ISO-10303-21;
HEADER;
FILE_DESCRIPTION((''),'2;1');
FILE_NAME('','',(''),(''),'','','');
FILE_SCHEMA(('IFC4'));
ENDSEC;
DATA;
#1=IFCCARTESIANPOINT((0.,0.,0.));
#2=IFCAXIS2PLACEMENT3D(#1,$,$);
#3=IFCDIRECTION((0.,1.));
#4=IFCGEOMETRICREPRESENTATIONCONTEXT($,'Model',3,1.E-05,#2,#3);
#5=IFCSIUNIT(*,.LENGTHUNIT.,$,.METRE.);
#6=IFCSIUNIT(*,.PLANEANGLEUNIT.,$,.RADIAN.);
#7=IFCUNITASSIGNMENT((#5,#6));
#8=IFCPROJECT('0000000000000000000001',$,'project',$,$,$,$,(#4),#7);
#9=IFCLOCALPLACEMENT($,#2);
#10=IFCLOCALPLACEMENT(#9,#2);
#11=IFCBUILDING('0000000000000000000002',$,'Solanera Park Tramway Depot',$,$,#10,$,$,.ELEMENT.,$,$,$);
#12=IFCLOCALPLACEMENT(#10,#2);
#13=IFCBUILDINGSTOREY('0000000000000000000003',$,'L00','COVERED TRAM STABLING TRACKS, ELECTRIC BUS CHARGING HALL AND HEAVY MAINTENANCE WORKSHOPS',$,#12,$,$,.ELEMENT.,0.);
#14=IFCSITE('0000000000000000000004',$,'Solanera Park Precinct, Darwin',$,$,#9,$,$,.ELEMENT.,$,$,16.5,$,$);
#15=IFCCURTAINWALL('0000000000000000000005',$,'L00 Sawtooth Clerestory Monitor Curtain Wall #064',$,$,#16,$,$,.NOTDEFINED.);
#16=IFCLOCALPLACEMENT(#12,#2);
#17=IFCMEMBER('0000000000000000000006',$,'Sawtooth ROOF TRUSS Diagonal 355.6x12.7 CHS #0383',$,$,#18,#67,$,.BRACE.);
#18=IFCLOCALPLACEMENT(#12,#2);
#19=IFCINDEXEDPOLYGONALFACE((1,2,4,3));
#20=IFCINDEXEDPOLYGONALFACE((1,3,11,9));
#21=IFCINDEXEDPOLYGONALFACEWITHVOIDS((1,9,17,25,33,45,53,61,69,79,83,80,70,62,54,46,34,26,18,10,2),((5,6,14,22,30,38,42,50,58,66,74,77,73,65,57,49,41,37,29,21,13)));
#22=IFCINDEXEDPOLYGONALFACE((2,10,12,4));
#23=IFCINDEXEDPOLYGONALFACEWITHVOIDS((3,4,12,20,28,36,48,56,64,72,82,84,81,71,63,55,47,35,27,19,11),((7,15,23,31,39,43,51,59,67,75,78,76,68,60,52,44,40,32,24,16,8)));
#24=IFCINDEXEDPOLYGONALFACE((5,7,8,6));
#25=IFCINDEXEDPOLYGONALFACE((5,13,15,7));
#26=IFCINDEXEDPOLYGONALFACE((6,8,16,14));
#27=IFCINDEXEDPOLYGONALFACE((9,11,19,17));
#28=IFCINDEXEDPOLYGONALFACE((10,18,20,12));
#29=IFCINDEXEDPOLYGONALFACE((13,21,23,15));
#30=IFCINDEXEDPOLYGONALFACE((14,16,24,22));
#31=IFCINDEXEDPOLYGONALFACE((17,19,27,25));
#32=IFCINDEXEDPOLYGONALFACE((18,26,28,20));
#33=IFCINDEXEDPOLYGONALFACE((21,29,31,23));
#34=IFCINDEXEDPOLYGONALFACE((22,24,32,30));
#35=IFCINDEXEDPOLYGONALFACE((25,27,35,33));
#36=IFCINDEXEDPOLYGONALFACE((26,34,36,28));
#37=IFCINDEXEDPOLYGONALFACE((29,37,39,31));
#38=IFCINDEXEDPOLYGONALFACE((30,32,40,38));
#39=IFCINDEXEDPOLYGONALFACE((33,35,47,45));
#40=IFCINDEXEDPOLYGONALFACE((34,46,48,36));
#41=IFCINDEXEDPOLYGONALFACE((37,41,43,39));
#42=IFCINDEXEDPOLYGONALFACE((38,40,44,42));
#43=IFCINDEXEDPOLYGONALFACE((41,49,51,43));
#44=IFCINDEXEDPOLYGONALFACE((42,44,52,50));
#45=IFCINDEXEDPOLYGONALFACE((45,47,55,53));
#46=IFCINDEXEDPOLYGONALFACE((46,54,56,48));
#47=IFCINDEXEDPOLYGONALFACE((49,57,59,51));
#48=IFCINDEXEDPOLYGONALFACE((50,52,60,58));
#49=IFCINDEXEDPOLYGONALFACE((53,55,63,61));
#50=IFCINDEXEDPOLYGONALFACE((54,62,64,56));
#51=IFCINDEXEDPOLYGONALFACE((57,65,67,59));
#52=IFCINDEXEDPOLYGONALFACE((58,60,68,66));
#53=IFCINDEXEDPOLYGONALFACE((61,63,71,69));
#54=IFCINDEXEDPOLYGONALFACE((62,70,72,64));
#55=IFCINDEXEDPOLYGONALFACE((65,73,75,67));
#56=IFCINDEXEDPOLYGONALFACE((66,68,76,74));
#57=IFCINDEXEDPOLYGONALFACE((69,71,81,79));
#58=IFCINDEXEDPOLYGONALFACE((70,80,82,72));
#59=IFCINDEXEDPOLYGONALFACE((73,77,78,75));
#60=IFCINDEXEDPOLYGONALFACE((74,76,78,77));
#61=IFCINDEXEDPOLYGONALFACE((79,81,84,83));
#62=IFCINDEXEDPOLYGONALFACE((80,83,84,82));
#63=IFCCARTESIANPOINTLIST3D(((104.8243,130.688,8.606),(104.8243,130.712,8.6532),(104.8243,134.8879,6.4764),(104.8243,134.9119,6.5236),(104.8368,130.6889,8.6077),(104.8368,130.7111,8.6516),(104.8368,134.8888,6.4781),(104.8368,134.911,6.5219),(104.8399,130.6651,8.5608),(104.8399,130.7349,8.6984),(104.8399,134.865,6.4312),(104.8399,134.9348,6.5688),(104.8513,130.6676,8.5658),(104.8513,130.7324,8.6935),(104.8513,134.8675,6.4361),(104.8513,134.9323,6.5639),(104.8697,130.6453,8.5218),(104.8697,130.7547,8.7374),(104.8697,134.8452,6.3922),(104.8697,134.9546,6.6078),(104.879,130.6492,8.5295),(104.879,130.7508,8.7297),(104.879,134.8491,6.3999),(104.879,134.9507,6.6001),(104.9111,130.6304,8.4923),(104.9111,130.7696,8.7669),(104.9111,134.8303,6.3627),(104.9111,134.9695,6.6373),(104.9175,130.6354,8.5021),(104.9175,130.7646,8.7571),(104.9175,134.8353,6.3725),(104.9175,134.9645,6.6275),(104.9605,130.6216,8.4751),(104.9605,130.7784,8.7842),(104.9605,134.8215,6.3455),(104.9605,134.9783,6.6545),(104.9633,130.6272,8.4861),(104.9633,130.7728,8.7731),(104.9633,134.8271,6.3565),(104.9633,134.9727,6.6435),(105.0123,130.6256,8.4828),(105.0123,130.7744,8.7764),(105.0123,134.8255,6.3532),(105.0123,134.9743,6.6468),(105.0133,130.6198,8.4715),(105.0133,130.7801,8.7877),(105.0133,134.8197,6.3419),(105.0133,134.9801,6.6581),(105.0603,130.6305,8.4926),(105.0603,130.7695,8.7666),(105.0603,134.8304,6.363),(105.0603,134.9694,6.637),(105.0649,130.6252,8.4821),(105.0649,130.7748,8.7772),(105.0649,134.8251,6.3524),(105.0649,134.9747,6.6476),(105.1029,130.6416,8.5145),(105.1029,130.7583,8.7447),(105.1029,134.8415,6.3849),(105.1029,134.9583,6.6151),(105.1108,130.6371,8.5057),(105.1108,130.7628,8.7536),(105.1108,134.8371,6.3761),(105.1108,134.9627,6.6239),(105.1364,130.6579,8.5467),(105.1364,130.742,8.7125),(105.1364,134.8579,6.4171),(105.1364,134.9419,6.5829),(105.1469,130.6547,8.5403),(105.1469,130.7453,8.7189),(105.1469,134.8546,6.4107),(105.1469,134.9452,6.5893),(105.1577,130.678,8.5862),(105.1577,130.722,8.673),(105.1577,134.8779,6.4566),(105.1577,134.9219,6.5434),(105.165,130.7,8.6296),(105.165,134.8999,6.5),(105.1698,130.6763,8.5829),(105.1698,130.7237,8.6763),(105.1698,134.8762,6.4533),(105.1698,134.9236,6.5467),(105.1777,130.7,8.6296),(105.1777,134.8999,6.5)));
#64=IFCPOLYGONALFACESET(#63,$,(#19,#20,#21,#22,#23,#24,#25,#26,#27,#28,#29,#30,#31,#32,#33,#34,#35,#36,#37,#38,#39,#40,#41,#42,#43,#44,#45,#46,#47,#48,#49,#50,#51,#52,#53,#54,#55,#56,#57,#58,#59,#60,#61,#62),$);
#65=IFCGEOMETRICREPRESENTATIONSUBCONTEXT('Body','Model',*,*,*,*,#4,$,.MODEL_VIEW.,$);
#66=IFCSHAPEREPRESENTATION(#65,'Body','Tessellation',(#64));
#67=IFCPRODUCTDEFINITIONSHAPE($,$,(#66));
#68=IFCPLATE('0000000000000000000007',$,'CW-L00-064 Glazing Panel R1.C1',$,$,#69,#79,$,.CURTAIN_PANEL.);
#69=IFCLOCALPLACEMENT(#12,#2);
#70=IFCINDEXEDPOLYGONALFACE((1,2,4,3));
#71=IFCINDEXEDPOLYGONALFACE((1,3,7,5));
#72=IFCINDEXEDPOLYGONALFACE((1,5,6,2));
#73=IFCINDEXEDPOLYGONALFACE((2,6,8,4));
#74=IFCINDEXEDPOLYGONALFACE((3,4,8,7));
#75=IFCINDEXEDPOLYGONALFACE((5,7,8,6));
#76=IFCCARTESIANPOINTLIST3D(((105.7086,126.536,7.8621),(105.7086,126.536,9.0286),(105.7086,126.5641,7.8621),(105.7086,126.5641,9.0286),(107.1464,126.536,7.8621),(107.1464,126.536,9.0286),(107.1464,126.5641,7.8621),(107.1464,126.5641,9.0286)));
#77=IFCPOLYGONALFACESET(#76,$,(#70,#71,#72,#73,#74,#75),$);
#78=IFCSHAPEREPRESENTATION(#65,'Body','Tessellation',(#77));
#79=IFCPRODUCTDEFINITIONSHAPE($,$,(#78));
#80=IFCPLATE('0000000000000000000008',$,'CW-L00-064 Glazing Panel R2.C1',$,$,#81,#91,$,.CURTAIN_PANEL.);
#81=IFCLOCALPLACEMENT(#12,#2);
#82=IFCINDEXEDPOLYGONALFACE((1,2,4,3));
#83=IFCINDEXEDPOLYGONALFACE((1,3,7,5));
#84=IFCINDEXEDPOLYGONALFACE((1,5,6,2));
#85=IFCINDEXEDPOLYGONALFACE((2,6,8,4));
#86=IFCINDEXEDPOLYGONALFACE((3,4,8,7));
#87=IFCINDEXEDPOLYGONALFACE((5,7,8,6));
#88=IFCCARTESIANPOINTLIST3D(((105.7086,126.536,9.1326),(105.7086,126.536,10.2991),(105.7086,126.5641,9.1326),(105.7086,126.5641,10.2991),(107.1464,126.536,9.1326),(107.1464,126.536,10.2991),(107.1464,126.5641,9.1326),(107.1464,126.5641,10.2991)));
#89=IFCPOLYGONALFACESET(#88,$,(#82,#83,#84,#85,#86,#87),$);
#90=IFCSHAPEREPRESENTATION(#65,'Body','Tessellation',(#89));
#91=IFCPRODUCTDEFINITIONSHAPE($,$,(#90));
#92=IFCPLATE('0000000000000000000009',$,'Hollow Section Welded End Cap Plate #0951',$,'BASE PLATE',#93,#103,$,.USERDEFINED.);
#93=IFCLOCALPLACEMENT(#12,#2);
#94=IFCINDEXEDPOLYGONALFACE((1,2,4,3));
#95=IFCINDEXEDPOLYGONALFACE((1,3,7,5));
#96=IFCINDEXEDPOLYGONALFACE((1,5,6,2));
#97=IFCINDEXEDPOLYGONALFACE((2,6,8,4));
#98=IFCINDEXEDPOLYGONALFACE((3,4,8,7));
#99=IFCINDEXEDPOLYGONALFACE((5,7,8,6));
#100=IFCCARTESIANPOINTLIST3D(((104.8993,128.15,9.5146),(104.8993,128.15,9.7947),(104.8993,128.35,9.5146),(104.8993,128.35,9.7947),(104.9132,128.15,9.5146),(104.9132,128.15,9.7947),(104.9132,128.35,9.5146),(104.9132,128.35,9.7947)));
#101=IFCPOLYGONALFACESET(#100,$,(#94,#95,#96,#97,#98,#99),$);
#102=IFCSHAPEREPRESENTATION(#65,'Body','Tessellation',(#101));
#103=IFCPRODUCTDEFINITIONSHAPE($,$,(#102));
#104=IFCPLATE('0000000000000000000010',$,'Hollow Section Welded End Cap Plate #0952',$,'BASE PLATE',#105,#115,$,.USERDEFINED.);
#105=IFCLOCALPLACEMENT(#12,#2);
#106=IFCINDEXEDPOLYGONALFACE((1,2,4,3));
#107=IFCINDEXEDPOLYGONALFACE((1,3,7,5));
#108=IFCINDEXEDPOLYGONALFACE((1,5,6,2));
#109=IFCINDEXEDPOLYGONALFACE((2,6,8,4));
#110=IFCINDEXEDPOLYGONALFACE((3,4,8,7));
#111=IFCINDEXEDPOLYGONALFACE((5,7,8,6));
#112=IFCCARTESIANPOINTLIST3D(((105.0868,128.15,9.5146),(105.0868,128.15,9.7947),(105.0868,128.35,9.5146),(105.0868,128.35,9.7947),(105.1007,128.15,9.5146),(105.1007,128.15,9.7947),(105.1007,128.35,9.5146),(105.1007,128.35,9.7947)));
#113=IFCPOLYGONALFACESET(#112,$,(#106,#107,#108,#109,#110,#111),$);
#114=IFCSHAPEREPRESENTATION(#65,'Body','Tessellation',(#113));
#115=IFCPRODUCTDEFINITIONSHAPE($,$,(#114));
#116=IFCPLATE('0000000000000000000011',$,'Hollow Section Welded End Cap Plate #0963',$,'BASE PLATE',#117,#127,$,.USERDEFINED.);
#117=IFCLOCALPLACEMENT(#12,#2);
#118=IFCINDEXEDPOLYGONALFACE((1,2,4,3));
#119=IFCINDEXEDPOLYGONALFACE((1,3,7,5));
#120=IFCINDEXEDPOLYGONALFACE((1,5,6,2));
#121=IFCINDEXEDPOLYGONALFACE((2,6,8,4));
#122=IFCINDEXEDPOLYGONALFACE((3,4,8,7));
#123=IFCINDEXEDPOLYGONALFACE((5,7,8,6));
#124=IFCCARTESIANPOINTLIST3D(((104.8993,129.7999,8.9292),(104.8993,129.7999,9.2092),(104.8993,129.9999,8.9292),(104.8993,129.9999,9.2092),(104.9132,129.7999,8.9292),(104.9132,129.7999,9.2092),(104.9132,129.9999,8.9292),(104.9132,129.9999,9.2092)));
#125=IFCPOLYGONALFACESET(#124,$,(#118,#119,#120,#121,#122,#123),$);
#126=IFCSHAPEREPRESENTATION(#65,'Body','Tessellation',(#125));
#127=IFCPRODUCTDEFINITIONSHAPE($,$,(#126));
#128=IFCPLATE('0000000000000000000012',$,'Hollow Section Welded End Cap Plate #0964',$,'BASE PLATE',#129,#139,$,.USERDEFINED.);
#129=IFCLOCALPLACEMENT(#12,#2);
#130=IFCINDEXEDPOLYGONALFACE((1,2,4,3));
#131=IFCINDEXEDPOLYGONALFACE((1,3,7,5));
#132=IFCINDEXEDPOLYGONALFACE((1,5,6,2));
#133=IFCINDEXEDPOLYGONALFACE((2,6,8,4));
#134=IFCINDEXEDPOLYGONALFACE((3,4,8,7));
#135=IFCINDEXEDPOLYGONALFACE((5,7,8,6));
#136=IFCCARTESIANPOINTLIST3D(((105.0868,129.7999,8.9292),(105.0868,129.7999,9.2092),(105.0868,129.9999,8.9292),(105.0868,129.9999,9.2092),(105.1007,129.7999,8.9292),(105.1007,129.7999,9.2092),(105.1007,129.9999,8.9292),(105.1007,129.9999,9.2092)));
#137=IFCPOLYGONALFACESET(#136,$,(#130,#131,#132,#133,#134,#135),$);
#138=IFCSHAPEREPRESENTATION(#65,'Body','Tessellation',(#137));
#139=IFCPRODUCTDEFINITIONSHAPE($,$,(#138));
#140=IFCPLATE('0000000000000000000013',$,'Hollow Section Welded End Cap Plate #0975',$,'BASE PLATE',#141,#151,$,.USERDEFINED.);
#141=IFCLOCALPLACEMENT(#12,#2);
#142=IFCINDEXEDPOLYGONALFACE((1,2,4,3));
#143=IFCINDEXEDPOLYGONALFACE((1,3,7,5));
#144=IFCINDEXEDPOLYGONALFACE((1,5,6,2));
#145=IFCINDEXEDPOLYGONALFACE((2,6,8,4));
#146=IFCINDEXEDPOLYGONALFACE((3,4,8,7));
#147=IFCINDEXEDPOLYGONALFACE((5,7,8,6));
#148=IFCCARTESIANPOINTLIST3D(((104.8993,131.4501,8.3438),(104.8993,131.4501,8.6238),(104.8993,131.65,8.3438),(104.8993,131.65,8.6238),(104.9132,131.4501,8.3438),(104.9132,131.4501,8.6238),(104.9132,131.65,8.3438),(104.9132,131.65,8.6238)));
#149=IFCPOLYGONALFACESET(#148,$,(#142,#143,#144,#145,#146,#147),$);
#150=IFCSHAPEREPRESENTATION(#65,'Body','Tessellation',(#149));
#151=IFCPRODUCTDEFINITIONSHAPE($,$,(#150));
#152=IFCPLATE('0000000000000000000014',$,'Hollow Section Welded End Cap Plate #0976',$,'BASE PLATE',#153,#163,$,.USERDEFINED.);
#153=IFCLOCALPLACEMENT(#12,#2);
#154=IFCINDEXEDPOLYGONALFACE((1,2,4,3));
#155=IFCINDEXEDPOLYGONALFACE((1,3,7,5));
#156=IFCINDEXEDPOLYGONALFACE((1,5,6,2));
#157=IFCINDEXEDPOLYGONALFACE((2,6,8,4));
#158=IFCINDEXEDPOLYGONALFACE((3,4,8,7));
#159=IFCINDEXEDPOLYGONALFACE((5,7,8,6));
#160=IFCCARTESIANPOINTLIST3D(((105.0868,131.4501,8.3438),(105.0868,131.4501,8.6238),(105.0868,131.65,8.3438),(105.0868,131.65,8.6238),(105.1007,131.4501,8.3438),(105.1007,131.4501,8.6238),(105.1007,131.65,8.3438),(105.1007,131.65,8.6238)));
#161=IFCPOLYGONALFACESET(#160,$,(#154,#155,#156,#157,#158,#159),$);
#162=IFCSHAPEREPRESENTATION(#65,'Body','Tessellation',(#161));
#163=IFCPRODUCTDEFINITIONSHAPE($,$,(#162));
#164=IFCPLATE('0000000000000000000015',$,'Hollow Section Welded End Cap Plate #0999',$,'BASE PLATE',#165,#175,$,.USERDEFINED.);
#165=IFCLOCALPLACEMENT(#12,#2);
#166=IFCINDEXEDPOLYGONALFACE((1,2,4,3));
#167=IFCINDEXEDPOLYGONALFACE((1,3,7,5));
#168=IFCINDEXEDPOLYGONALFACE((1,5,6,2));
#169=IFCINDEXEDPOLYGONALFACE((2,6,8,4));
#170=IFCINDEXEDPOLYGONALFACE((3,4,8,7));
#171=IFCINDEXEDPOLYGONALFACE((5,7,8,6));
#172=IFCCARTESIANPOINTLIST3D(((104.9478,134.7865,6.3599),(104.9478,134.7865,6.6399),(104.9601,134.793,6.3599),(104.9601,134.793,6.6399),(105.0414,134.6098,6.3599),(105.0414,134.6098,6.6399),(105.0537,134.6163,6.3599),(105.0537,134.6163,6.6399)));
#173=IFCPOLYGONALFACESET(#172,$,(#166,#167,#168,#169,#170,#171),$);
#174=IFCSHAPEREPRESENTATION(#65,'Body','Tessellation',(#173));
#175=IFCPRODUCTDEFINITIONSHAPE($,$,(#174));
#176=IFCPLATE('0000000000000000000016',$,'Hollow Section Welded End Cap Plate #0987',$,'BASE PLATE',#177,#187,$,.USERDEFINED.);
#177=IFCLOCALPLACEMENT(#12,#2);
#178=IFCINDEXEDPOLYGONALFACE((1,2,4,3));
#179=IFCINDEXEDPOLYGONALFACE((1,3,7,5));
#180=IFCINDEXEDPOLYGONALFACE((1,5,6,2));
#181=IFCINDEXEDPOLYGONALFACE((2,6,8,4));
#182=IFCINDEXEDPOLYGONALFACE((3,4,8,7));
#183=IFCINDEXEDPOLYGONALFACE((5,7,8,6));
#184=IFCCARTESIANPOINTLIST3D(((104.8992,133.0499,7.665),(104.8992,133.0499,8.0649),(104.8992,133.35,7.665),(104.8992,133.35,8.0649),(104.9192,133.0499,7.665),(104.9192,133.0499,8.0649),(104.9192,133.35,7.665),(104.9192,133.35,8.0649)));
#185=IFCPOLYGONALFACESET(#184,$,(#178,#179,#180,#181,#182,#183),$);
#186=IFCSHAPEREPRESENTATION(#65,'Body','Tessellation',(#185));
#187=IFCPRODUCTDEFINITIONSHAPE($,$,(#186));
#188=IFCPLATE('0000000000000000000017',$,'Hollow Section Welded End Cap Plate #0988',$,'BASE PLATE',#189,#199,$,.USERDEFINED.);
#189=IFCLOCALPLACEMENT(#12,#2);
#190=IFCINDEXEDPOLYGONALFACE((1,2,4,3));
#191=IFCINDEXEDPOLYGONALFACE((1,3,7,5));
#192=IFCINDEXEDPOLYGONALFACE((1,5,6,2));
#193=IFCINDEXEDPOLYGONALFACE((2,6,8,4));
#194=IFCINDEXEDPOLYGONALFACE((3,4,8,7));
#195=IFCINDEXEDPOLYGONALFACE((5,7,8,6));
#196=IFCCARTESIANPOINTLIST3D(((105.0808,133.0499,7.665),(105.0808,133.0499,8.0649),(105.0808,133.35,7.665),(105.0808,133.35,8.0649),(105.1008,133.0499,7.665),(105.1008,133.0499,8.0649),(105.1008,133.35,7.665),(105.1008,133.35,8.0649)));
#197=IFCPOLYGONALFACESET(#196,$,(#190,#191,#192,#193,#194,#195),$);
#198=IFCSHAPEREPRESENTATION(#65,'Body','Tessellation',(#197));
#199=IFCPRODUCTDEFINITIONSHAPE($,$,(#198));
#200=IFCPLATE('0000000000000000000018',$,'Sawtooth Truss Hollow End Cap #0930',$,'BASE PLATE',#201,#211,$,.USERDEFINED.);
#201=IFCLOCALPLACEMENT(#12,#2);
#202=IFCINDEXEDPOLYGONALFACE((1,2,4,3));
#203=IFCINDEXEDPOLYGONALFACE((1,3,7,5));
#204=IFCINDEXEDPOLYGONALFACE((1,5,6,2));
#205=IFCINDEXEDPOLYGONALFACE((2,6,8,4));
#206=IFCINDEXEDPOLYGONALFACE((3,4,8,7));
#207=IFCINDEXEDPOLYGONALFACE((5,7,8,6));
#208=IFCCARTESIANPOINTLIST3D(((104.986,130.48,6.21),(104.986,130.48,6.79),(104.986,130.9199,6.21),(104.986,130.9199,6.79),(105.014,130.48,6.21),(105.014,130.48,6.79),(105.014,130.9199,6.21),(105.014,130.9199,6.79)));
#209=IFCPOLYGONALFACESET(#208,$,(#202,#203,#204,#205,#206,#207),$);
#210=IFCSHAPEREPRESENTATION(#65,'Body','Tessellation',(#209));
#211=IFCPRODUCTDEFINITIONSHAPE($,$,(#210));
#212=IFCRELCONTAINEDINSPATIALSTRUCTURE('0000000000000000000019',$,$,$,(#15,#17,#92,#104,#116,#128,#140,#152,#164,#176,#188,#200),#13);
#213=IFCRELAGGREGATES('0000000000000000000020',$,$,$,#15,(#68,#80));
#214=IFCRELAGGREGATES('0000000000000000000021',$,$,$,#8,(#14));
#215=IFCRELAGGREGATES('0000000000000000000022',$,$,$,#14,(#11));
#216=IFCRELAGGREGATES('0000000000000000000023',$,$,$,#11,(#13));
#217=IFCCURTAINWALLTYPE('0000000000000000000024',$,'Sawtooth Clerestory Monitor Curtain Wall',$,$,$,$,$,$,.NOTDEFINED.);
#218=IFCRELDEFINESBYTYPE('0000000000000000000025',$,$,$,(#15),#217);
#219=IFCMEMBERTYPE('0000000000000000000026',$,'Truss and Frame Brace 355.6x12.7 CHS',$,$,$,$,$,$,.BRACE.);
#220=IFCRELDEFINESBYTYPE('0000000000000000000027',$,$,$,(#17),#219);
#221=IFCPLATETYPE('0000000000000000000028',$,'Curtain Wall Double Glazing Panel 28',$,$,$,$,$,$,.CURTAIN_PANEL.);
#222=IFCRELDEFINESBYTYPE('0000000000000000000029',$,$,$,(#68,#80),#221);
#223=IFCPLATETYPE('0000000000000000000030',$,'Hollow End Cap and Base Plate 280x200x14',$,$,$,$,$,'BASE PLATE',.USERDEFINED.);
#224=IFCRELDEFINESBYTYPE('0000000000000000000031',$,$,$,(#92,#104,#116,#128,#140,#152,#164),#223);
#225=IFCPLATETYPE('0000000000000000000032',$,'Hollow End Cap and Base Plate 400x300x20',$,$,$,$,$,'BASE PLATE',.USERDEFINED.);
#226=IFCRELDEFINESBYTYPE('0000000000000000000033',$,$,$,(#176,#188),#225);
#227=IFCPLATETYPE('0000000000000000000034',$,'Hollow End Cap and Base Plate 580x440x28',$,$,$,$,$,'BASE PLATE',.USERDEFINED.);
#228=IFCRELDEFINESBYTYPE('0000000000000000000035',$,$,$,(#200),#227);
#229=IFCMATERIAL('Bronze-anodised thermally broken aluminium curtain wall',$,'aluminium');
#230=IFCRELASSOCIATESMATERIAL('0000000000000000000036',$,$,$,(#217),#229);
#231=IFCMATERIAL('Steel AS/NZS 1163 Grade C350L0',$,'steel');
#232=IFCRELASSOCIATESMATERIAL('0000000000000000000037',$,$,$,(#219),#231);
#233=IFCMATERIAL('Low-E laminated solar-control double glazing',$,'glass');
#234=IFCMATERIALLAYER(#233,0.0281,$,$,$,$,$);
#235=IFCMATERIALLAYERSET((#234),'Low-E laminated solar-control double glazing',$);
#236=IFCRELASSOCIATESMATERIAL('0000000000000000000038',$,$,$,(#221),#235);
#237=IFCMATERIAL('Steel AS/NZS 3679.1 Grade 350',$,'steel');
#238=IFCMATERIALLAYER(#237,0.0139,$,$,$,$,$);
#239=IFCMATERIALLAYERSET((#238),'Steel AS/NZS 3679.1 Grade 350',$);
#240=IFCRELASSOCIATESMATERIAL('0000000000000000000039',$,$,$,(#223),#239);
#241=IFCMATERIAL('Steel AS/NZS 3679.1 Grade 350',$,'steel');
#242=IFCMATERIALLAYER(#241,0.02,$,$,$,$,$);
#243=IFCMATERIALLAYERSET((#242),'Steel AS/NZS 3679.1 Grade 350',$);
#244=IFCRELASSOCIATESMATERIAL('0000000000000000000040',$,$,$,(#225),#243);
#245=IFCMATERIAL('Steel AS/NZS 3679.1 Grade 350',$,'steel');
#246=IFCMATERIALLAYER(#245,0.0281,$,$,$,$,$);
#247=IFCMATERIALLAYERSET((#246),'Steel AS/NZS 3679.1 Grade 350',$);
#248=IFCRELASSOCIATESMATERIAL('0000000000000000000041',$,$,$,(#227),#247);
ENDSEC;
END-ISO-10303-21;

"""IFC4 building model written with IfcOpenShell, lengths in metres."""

from ifc_helpers import new_model, si_unit, direction, frame, origin, origin_2d, place, context, subcontext, project, spatial, rectangle, hollow_circle, extrude, material, layer, layer_set, material_profile, profile_set, type_object, element, aggregate, save


model = new_model("IFC4")

# Units and contexts
model_context = context("Model", 3, precision=1e-05, world=origin(), true_north=direction((0.0, 1.0)))
body_context = subcontext(model_context, "Body", "Model", "MODEL_VIEW")
ifc_project = project(units=[si_unit("LENGTHUNIT", "METRE"), si_unit("PLANEANGLEUNIT", "RADIAN")], contexts=[model_context])

# Site, building, storey
site_placement = place(None, origin())
site = spatial("IfcSite", under=ifc_project, at=site_placement, Name="Solanera Park Precinct, Darwin", CompositionType="ELEMENT", RefElevation=16.5)
building_placement = place(site_placement, origin())
building = spatial("IfcBuilding", under=site, at=building_placement, Name="Solanera Park Tramway Depot", CompositionType="ELEMENT")
storey_placement = place(building_placement, origin())
storey = spatial("IfcBuildingStorey", under=building, at=storey_placement, Name="L00", Description="COVERED TRAM STABLING TRACKS, ELECTRIC BUS CHARGING HALL AND HEAVY MAINTENANCE WORKSHOPS", CompositionType="ELEMENT", Elevation=0.0)

# Curtain wall
ifc_material_1 = material(Name="Bronze-anodised thermally broken aluminium curtain wall", Category="aluminium")
curtain_wall_type = type_object("IfcCurtainWallType", Name="Sawtooth Clerestory Monitor Curtain Wall", PredefinedType="NOTDEFINED", material=ifc_material_1)
curtain_wall_placement = place(storey_placement, origin())
curtain_wall = element("IfcCurtainWall", 1, at=curtain_wall_placement, inside=storey, type_object=curtain_wall_type, Name="L00 Sawtooth Clerestory Monitor Curtain Wall #064", PredefinedType="NOTDEFINED")

# Member
ifc_material_2 = material(Name="Steel AS/NZS 1163 Grade C350L0", Category="steel")
ifc_material_profile_1 = material_profile(ifc_material_2, hollow_circle(Radius=0.1777, WallThickness=0.0127, at=origin_2d()), Name="355.6x12.7 CHS")
ifc_profile_set_1 = profile_set([ifc_material_profile_1], Name="Steel AS/NZS 1163 Grade C350L0")
member_type_1 = type_object("IfcMemberType", Name="Truss and Frame Brace 355.6x12.7 CHS", PredefinedType="BRACE", material=ifc_profile_set_1)
member_1_placement = place(storey_placement, frame((105.0, 134.8999, 6.5), z_axis=(0.0, -0.891893, 0.452246), x_axis=(1.0, 0.0, 0.0)))
element("IfcMember", 2, at=member_1_placement, inside=storey, type_object=member_type_1, Name="Sawtooth ROOF TRUSS Diagonal 355.6x12.7 CHS #0383", PredefinedType="BRACE", context=body_context, shape_type="SweptSolid", body=[
    extrude(hollow_circle(Radius=0.1777, WallThickness=0.0127, at=origin_2d()), origin(), (0.0, 0.0, 1.0), 4.709),
])

# Plates
ifc_material_3 = material(Name="Low-E laminated solar-control double glazing", Category="glass")
ifc_layer_1 = layer(ifc_material_3, 0.0281)
ifc_layer_set_1 = layer_set([ifc_layer_1], Name="Low-E laminated solar-control double glazing")
plate_type_1 = type_object("IfcPlateType", Name="Curtain Wall Double Glazing Panel 28", PredefinedType="CURTAIN_PANEL", material=ifc_layer_set_1)
plate_1_placement = place(storey_placement, frame((106.4275, 126.55, 7.8621), z_axis=(0.0, 0.0, 1.0), x_axis=(1.0, 0.0, 0.0)))
plate_1 = element("IfcPlate", 3, at=plate_1_placement, type_object=plate_type_1, Name="CW-L00-064 Glazing Panel R1.C1", PredefinedType="CURTAIN_PANEL", context=body_context, shape_type="SweptSolid", body=[
    extrude(rectangle(XDim=1.4377, YDim=0.0281, at=origin_2d()), origin(), (0.0, 0.0, 1.0), 1.1665),
])
plate_2_placement = place(storey_placement, frame((106.4275, 126.55, 9.1326), z_axis=(0.0, 0.0, 1.0), x_axis=(1.0, 0.0, 0.0)))
plate_2 = element("IfcPlate", 4, at=plate_2_placement, type_object=plate_type_1, Name="CW-L00-064 Glazing Panel R2.C1", PredefinedType="CURTAIN_PANEL", context=body_context, shape_type="SweptSolid", body=[
    extrude(rectangle(XDim=1.4377, YDim=0.0281, at=origin_2d()), origin(), (0.0, 0.0, 1.0), 1.1665),
])
aggregate(curtain_wall, [plate_1, plate_2])

# Plates
ifc_material_4 = material(Name="Steel AS/NZS 3679.1 Grade 350", Category="steel")
ifc_layer_2 = layer(ifc_material_4, 0.0139)
ifc_layer_set_2 = layer_set([ifc_layer_2], Name="Steel AS/NZS 3679.1 Grade 350")
plate_type_2 = type_object("IfcPlateType", Name="Hollow End Cap and Base Plate 280x200x14", ElementType="BASE PLATE", PredefinedType="USERDEFINED", material=ifc_layer_set_2)
for number, where, z_axis, x_axis, name in (
    (5, (104.9062, 128.25, 9.5146), (0.0, 0.0, 1.0), (1.0, 0.0, 0.0), "Hollow Section Welded End Cap Plate #0951"),
    (6, (105.0938, 128.25, 9.5146), (0.0, 0.0, 1.0), (1.0, 0.0, 0.0), "Hollow Section Welded End Cap Plate #0952"),
    (7, (104.9062, 129.8999, 8.9292), (0.0, 0.0, 1.0), (1.0, 0.0, 0.0), "Hollow Section Welded End Cap Plate #0963"),
    (8, (105.0938, 129.8999, 8.9292), (0.0, 0.0, 1.0), (1.0, 0.0, 0.0), "Hollow Section Welded End Cap Plate #0964"),
    (9, (104.9062, 131.55, 8.3438), (0.0, 0.0, 1.0), (1.0, 0.0, 0.0), "Hollow Section Welded End Cap Plate #0975"),
    (10, (105.0938, 131.55, 8.3438), (0.0, 0.0, 1.0), (1.0, 0.0, 0.0), "Hollow Section Welded End Cap Plate #0976"),
    (11, (105.0007, 134.7014, 6.3599), (0.0, 0.0, 1.0), (0.883521, 0.468392, 0.0), "Hollow Section Welded End Cap Plate #0999"),
):
    element("IfcPlate", number, at=place(storey_placement, frame(where, z_axis=z_axis, x_axis=x_axis)), inside=storey, type_object=plate_type_2, Name=name, ObjectType="BASE PLATE", PredefinedType="USERDEFINED", context=body_context, shape_type="SweptSolid", body=[
        extrude(rectangle(XDim=0.0139, YDim=0.2, at=origin_2d()), origin(), (0.0, 0.0, 1.0), 0.28),
    ])
ifc_material_5 = material(Name="Steel AS/NZS 3679.1 Grade 350", Category="steel")
ifc_layer_3 = layer(ifc_material_5, 0.02)
ifc_layer_set_3 = layer_set([ifc_layer_3], Name="Steel AS/NZS 3679.1 Grade 350")
plate_type_3 = type_object("IfcPlateType", Name="Hollow End Cap and Base Plate 400x300x20", ElementType="BASE PLATE", PredefinedType="USERDEFINED", material=ifc_layer_set_3)
for number, where, z_axis, x_axis, name in (
    (12, (104.9092, 133.2, 7.665), (0.0, 0.0, 1.0), (1.0, 0.0, 0.0), "Hollow Section Welded End Cap Plate #0987"),
    (13, (105.0908, 133.2, 7.665), (0.0, 0.0, 1.0), (1.0, 0.0, 0.0), "Hollow Section Welded End Cap Plate #0988"),
):
    element("IfcPlate", number, at=place(storey_placement, frame(where, z_axis=z_axis, x_axis=x_axis)), inside=storey, type_object=plate_type_3, Name=name, ObjectType="BASE PLATE", PredefinedType="USERDEFINED", context=body_context, shape_type="SweptSolid", body=[
        extrude(rectangle(XDim=0.02, YDim=0.3, at=origin_2d()), origin(), (0.0, 0.0, 1.0), 0.3999),
    ])
ifc_material_6 = material(Name="Steel AS/NZS 3679.1 Grade 350", Category="steel")
ifc_layer_4 = layer(ifc_material_6, 0.0281)
ifc_layer_set_4 = layer_set([ifc_layer_4], Name="Steel AS/NZS 3679.1 Grade 350")
plate_type_4 = type_object("IfcPlateType", Name="Hollow End Cap and Base Plate 580x440x28", ElementType="BASE PLATE", PredefinedType="USERDEFINED", material=ifc_layer_set_4)
plate_3_placement = place(storey_placement, frame((105.0, 130.7, 6.21), z_axis=(0.0, 0.0, 1.0), x_axis=(1.0, 0.0, 0.0)))
element("IfcPlate", 14, at=plate_3_placement, inside=storey, type_object=plate_type_4, Name="Sawtooth Truss Hollow End Cap #0930", ObjectType="BASE PLATE", PredefinedType="USERDEFINED", context=body_context, shape_type="SweptSolid", body=[
    extrude(rectangle(XDim=0.0281, YDim=0.4399, at=origin_2d()), origin(), (0.0, 0.0, 1.0), 0.5801),
])

save(model, "model.ifc")
